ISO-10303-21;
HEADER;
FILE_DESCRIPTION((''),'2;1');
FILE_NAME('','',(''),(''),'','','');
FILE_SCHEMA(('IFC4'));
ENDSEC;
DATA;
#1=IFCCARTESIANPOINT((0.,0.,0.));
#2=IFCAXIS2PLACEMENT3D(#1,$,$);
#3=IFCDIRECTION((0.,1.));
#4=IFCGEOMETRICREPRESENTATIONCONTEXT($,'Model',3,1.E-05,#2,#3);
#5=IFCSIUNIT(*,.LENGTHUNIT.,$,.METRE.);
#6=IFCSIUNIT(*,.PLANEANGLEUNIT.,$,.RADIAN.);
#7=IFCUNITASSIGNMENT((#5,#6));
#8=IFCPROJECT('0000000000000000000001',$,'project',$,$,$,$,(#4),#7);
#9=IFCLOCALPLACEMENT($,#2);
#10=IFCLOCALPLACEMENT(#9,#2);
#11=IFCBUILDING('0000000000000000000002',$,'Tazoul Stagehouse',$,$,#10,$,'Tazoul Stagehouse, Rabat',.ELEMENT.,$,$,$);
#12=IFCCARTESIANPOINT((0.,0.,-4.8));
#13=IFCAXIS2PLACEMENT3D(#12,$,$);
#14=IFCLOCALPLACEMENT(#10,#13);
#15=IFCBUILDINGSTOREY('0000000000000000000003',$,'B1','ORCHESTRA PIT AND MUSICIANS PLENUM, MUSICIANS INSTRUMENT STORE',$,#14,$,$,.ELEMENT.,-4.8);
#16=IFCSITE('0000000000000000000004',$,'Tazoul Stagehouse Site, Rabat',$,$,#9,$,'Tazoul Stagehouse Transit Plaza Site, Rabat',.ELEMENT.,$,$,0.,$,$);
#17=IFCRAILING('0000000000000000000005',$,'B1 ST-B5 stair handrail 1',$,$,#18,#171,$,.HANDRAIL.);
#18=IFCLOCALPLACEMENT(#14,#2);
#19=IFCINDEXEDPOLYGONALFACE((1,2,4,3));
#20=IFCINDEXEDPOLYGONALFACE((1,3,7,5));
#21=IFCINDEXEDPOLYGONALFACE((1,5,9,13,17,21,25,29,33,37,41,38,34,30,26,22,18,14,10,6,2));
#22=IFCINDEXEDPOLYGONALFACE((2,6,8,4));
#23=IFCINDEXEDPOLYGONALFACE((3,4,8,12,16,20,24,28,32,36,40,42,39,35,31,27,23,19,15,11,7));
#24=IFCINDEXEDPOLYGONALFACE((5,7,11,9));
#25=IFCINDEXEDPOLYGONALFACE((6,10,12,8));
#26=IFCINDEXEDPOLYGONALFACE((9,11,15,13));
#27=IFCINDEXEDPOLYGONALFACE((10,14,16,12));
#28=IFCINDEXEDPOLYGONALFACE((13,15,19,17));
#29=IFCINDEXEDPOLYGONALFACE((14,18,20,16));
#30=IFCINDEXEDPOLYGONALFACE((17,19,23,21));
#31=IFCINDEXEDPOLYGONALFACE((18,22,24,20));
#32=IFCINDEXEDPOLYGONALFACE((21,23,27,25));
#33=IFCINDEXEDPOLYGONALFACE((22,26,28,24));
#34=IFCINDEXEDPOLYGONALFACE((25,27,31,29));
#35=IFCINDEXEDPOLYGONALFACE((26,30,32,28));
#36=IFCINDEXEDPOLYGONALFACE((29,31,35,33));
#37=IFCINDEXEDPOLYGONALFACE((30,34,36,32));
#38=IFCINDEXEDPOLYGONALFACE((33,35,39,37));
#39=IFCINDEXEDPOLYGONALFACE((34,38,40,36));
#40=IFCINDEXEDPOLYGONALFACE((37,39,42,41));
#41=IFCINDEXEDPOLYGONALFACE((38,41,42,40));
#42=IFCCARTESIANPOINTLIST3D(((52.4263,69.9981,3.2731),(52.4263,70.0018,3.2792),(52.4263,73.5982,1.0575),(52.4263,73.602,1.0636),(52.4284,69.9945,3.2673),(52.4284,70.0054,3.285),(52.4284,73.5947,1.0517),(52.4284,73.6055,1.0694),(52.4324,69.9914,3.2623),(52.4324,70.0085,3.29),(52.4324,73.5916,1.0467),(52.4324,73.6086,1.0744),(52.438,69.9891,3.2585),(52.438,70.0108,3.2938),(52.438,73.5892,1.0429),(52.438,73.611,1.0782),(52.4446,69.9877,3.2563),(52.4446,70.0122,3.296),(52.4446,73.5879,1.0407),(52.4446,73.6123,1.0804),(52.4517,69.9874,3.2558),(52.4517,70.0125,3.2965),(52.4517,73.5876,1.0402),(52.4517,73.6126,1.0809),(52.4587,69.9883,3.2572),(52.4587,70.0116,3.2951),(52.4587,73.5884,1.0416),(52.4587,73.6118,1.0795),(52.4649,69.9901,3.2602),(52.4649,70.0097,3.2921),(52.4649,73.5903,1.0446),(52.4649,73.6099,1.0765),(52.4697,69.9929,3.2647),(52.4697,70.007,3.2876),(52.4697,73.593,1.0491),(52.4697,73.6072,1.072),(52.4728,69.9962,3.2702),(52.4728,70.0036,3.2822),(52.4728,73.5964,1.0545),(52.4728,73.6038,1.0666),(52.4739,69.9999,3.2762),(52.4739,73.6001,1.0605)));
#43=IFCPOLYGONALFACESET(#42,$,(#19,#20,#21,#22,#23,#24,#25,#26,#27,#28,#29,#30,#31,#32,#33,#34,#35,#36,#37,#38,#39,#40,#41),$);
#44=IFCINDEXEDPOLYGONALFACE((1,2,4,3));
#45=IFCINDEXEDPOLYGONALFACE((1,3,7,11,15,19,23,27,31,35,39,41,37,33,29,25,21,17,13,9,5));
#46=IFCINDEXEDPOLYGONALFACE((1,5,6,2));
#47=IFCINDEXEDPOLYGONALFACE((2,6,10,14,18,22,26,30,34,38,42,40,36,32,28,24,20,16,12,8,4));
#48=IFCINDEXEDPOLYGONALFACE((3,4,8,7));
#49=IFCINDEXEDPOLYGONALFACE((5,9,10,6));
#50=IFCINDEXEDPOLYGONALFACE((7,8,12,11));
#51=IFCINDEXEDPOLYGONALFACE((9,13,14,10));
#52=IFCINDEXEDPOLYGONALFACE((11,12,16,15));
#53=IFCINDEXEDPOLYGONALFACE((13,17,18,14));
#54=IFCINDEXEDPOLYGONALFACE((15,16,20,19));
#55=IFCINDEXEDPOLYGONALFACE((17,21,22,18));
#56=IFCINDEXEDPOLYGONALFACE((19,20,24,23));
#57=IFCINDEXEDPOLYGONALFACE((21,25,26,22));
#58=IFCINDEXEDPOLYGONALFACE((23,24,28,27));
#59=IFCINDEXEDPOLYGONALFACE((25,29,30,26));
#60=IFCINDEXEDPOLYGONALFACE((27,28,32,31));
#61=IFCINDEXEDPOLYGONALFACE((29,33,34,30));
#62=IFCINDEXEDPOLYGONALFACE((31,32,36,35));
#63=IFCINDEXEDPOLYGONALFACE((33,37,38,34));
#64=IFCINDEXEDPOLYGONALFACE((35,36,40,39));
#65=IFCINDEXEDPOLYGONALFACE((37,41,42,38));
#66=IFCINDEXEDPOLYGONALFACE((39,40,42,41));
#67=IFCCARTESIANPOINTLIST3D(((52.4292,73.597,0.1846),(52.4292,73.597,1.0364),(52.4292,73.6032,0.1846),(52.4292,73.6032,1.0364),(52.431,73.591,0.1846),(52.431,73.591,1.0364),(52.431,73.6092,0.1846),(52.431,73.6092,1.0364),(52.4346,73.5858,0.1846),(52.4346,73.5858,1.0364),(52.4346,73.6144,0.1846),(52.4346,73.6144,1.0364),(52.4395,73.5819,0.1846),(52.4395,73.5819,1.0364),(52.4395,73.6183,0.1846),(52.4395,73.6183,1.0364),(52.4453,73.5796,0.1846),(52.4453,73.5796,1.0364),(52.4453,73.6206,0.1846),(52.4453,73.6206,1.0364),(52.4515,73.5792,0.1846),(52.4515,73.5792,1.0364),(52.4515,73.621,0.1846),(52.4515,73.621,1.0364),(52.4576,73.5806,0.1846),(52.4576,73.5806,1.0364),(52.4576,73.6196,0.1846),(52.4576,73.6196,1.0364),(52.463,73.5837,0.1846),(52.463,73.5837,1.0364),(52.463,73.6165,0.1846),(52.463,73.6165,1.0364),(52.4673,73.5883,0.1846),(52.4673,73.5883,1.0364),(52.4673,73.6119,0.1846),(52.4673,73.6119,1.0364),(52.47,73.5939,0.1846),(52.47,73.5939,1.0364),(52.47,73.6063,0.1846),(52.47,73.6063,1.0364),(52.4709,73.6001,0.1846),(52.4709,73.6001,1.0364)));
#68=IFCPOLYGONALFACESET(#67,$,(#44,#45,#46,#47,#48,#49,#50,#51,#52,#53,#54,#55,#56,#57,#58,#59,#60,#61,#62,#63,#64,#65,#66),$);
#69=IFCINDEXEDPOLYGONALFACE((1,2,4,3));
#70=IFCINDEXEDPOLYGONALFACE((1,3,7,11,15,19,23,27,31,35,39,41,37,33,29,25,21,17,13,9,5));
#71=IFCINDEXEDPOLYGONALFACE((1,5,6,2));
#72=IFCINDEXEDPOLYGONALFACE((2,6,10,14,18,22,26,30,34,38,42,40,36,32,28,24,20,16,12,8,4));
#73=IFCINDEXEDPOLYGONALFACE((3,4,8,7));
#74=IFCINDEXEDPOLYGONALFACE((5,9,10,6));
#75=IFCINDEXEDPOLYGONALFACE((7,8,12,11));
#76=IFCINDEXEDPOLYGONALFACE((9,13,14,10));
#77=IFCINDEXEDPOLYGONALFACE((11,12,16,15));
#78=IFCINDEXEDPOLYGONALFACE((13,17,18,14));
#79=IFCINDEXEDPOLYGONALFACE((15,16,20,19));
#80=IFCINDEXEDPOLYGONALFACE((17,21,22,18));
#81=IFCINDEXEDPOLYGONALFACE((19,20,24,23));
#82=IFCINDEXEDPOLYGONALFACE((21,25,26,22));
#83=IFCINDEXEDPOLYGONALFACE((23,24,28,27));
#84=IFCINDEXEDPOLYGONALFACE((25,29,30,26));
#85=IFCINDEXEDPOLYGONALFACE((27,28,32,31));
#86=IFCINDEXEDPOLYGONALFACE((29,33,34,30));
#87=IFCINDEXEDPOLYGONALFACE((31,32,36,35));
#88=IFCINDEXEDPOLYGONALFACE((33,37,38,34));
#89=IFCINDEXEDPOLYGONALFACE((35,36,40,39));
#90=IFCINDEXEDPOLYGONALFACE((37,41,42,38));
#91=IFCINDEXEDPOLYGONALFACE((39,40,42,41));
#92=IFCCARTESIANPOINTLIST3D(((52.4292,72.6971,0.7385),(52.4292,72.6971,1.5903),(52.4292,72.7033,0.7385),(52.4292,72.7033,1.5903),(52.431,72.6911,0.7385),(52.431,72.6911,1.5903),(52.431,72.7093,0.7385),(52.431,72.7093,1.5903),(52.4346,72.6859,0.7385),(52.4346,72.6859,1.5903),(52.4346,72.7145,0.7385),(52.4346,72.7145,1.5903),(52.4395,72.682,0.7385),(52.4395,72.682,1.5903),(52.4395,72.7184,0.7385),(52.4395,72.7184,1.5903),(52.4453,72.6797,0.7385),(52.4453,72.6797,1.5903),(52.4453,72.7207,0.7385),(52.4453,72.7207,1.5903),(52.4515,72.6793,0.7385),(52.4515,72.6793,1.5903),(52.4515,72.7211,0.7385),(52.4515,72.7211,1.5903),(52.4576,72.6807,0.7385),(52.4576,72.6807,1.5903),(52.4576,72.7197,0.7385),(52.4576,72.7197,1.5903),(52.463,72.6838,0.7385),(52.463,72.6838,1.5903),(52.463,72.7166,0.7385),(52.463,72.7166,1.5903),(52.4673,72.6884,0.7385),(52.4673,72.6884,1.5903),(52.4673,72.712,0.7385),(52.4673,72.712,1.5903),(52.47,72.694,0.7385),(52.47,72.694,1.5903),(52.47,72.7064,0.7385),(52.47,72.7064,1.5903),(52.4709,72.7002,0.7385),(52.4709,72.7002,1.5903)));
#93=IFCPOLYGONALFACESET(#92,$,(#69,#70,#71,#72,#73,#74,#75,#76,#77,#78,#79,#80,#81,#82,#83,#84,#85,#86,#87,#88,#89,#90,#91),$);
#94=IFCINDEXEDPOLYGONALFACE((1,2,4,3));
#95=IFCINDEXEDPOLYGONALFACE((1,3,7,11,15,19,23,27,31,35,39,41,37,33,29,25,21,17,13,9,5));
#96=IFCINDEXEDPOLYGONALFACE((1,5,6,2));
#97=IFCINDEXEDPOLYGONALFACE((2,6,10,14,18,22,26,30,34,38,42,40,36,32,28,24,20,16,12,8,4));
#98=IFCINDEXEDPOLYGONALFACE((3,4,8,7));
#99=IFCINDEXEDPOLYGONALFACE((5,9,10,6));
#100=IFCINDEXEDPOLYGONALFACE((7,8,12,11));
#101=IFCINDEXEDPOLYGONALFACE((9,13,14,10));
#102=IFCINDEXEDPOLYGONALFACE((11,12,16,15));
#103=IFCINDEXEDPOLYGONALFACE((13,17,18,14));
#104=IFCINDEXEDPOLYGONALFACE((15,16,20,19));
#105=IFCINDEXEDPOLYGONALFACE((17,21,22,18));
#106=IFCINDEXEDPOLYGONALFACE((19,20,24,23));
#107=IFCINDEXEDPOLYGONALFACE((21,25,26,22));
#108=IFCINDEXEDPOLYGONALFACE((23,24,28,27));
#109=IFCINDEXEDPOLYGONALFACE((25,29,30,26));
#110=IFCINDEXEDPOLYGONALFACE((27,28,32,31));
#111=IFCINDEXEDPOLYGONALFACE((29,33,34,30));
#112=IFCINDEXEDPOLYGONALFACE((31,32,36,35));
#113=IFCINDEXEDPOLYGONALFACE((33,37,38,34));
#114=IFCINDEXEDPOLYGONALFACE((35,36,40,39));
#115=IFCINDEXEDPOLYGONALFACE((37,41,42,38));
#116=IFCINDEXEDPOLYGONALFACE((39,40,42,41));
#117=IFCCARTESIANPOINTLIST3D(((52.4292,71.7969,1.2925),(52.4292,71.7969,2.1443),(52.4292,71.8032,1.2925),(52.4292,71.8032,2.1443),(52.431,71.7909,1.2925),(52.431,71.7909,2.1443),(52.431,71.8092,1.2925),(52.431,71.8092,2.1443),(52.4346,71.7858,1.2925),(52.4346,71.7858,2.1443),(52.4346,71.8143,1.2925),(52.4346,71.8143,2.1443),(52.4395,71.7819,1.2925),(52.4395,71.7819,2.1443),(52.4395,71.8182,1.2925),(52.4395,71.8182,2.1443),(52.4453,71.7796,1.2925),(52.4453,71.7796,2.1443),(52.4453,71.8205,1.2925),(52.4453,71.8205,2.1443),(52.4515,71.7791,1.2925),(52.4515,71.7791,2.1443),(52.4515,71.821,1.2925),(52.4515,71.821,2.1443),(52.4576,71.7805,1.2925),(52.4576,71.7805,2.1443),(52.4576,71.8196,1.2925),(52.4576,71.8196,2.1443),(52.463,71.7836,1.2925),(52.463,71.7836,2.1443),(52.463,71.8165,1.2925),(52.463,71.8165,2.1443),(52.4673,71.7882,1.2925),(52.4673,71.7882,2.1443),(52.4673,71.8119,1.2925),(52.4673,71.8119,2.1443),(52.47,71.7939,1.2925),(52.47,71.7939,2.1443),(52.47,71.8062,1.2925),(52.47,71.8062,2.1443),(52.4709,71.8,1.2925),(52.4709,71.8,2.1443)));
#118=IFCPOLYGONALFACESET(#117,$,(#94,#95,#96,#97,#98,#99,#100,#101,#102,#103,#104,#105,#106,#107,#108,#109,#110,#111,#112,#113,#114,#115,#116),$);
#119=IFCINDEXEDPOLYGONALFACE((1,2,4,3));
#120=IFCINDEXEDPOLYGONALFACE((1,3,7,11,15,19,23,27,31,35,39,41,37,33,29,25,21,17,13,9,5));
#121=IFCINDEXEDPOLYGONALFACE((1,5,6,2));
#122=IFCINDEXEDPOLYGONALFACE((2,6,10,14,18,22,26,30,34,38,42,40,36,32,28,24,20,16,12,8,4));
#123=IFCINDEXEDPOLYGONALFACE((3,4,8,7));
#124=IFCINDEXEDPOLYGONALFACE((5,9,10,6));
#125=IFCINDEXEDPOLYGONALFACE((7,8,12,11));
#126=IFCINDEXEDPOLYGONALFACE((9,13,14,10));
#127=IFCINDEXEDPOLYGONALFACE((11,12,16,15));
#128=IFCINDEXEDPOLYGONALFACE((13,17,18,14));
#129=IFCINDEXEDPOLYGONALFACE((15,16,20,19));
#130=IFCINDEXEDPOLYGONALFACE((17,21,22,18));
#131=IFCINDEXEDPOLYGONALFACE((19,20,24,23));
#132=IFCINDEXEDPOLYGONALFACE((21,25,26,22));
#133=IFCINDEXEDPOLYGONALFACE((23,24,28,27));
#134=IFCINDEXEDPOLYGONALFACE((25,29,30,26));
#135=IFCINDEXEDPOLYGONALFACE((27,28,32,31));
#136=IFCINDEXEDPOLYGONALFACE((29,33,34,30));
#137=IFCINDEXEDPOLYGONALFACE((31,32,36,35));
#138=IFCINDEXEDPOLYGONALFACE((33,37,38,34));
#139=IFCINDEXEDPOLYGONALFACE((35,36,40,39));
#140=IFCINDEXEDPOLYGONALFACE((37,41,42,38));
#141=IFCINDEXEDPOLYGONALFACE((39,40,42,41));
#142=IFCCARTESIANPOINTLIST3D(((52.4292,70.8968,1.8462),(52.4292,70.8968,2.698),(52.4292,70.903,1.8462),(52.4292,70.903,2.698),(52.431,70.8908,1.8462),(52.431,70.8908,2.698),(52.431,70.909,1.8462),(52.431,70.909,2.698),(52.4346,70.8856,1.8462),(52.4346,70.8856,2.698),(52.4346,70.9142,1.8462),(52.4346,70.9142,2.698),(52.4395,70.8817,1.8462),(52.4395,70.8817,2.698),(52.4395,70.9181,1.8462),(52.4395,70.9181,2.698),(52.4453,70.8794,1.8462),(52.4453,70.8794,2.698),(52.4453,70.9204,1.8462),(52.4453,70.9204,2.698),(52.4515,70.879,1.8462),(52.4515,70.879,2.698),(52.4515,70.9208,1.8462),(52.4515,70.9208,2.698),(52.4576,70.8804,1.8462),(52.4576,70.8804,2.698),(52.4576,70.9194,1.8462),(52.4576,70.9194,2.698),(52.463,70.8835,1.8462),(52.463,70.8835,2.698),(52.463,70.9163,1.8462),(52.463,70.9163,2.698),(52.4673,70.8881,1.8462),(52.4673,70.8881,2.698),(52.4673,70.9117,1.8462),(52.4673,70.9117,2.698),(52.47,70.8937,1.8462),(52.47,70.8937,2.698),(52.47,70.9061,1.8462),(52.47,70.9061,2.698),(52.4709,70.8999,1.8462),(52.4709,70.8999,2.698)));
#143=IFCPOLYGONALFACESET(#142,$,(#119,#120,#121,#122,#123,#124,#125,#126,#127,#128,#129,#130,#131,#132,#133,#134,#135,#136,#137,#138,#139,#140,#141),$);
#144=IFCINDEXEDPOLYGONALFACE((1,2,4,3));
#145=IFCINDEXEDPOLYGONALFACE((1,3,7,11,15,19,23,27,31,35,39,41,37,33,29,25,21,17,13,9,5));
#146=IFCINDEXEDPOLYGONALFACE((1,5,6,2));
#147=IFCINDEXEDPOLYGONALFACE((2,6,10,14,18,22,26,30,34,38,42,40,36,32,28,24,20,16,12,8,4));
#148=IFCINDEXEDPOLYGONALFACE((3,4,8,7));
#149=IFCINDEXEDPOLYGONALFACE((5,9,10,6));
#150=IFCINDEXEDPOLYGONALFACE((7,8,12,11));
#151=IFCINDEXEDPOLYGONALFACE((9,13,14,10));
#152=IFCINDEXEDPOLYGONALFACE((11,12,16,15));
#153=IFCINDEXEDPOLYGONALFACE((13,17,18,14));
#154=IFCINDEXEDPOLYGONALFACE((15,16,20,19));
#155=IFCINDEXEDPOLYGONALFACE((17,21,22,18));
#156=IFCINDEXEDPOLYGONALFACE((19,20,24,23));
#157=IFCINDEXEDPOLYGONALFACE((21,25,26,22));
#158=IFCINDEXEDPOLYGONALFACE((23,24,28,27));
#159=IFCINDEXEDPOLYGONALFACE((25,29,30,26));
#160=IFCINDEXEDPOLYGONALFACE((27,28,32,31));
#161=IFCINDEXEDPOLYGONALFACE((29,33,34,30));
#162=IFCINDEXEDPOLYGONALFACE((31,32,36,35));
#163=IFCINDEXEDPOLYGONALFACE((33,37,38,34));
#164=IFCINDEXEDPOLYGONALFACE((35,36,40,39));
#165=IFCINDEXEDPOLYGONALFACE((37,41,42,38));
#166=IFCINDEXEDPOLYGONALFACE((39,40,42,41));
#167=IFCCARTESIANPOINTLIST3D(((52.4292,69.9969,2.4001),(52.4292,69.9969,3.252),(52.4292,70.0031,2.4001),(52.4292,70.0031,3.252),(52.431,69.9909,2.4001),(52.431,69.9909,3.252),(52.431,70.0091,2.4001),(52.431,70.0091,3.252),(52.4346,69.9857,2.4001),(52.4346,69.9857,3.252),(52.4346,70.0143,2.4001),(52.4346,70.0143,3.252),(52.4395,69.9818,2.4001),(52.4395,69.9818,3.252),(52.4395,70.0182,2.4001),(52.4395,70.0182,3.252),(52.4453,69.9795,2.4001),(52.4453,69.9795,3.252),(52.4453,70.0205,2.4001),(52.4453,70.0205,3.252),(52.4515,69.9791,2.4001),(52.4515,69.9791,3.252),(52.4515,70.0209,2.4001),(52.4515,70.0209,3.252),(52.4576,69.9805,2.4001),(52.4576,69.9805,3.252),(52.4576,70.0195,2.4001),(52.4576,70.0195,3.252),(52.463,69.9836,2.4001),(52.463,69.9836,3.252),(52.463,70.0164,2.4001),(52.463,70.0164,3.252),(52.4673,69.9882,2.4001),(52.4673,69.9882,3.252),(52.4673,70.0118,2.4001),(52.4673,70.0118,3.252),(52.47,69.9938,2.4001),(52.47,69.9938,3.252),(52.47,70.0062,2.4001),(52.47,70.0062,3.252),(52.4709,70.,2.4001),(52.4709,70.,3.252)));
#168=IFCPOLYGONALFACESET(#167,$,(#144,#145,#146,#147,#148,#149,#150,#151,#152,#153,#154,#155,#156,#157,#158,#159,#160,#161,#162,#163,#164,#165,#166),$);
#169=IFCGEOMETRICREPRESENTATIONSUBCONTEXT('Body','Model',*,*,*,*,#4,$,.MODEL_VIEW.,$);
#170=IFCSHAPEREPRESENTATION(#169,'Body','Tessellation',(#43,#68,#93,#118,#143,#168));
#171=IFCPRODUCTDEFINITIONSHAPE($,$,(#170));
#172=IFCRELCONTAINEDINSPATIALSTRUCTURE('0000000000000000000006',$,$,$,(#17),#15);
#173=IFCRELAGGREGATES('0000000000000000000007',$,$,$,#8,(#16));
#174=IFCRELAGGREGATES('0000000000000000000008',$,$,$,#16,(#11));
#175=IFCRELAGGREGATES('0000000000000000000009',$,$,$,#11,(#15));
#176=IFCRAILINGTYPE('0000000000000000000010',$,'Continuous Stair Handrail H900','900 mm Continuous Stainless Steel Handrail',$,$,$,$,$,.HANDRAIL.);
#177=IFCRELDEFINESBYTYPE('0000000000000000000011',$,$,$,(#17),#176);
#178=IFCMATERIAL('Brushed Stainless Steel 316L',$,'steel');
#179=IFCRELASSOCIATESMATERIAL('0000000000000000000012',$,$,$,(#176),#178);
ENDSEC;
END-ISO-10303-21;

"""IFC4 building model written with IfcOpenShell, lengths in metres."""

from ifc_helpers import new_model, si_unit, direction, frame, origin, origin_2d, place, context, subcontext, project, spatial, circle, extrude, material, material_profile, profile_set, type_object, element, save


model = new_model("IFC4")

# Units and contexts
model_context = context("Model", 3, precision=1e-05, world=origin(), true_north=direction((0.0, 1.0)))
body_context = subcontext(model_context, "Body", "Model", "MODEL_VIEW")
ifc_project = project(units=[si_unit("LENGTHUNIT", "METRE"), si_unit("PLANEANGLEUNIT", "RADIAN")], contexts=[model_context])

# Site, building, storey
site_placement = place(None, origin())
site = spatial("IfcSite", under=ifc_project, at=site_placement, Name="Tazoul Stagehouse Site, Rabat", LongName="Tazoul Stagehouse Transit Plaza Site, Rabat", CompositionType="ELEMENT", RefElevation=0.0)
building_placement = place(site_placement, origin())
building = spatial("IfcBuilding", under=site, at=building_placement, Name="Tazoul Stagehouse", LongName="Tazoul Stagehouse, Rabat", CompositionType="ELEMENT")
storey_placement = place(building_placement, frame((0.0, 0.0, -4.8)))
storey = spatial("IfcBuildingStorey", under=building, at=storey_placement, Name="B1", Description="ORCHESTRA PIT AND MUSICIANS PLENUM, MUSICIANS INSTRUMENT STORE", CompositionType="ELEMENT", Elevation=-4.8)

# Railing
ifc_material_1 = material(Name="Brushed Stainless Steel 316L", Category="steel")
ifc_material_profile_1 = material_profile(ifc_material_1, circle(Radius=0.021, at=origin_2d()), Name="SS HANDRAIL D42")
ifc_profile_set_1 = profile_set([ifc_material_profile_1], Name="Brushed Stainless Steel 316L")
railing_type_1 = type_object("IfcRailingType", Name="Continuous Stair Handrail H900", Description="900 mm Continuous Stainless Steel Handrail", PredefinedType="HANDRAIL", material=ifc_profile_set_1)
railing_1_placement = place(storey_placement, frame((52.45, 73.6001, 0.1846)))
element("IfcRailing", 1, at=railing_1_placement, inside=storey, type_object=railing_type_1, Name="B1 ST-B5 stair handrail 1", PredefinedType="HANDRAIL", context=body_context, shape_type="SweptSolid", body=[
    extrude(circle(Radius=0.0239, at=origin_2d()), frame((0.0, 0.0, 0.876), z_axis=(0.0, -0.851644, 0.52412), x_axis=(1.0, 0.0, 0.0)), (0.0, 0.0, 1.0), 4.2273),
    extrude(circle(Radius=0.021, at=origin_2d()), origin(), (0.0, 0.0, 1.0), 0.8518),
    extrude(circle(Radius=0.021, at=origin_2d()), frame((0.0, -0.8999, 0.554)), (0.0, 0.0, 1.0), 0.8518),
    extrude(circle(Radius=0.021, at=origin_2d()), frame((0.0, -1.8, 1.1079)), (0.0, 0.0, 1.0), 0.8518),
    extrude(circle(Radius=0.021, at=origin_2d()), frame((0.0, -2.7002, 1.6616)), (0.0, 0.0, 1.0), 0.8518),
    extrude(circle(Radius=0.021, at=origin_2d()), frame((0.0, -3.6001, 2.2156)), (0.0, 0.0, 1.0), 0.8518),
])

save(model, "model.ifc")
